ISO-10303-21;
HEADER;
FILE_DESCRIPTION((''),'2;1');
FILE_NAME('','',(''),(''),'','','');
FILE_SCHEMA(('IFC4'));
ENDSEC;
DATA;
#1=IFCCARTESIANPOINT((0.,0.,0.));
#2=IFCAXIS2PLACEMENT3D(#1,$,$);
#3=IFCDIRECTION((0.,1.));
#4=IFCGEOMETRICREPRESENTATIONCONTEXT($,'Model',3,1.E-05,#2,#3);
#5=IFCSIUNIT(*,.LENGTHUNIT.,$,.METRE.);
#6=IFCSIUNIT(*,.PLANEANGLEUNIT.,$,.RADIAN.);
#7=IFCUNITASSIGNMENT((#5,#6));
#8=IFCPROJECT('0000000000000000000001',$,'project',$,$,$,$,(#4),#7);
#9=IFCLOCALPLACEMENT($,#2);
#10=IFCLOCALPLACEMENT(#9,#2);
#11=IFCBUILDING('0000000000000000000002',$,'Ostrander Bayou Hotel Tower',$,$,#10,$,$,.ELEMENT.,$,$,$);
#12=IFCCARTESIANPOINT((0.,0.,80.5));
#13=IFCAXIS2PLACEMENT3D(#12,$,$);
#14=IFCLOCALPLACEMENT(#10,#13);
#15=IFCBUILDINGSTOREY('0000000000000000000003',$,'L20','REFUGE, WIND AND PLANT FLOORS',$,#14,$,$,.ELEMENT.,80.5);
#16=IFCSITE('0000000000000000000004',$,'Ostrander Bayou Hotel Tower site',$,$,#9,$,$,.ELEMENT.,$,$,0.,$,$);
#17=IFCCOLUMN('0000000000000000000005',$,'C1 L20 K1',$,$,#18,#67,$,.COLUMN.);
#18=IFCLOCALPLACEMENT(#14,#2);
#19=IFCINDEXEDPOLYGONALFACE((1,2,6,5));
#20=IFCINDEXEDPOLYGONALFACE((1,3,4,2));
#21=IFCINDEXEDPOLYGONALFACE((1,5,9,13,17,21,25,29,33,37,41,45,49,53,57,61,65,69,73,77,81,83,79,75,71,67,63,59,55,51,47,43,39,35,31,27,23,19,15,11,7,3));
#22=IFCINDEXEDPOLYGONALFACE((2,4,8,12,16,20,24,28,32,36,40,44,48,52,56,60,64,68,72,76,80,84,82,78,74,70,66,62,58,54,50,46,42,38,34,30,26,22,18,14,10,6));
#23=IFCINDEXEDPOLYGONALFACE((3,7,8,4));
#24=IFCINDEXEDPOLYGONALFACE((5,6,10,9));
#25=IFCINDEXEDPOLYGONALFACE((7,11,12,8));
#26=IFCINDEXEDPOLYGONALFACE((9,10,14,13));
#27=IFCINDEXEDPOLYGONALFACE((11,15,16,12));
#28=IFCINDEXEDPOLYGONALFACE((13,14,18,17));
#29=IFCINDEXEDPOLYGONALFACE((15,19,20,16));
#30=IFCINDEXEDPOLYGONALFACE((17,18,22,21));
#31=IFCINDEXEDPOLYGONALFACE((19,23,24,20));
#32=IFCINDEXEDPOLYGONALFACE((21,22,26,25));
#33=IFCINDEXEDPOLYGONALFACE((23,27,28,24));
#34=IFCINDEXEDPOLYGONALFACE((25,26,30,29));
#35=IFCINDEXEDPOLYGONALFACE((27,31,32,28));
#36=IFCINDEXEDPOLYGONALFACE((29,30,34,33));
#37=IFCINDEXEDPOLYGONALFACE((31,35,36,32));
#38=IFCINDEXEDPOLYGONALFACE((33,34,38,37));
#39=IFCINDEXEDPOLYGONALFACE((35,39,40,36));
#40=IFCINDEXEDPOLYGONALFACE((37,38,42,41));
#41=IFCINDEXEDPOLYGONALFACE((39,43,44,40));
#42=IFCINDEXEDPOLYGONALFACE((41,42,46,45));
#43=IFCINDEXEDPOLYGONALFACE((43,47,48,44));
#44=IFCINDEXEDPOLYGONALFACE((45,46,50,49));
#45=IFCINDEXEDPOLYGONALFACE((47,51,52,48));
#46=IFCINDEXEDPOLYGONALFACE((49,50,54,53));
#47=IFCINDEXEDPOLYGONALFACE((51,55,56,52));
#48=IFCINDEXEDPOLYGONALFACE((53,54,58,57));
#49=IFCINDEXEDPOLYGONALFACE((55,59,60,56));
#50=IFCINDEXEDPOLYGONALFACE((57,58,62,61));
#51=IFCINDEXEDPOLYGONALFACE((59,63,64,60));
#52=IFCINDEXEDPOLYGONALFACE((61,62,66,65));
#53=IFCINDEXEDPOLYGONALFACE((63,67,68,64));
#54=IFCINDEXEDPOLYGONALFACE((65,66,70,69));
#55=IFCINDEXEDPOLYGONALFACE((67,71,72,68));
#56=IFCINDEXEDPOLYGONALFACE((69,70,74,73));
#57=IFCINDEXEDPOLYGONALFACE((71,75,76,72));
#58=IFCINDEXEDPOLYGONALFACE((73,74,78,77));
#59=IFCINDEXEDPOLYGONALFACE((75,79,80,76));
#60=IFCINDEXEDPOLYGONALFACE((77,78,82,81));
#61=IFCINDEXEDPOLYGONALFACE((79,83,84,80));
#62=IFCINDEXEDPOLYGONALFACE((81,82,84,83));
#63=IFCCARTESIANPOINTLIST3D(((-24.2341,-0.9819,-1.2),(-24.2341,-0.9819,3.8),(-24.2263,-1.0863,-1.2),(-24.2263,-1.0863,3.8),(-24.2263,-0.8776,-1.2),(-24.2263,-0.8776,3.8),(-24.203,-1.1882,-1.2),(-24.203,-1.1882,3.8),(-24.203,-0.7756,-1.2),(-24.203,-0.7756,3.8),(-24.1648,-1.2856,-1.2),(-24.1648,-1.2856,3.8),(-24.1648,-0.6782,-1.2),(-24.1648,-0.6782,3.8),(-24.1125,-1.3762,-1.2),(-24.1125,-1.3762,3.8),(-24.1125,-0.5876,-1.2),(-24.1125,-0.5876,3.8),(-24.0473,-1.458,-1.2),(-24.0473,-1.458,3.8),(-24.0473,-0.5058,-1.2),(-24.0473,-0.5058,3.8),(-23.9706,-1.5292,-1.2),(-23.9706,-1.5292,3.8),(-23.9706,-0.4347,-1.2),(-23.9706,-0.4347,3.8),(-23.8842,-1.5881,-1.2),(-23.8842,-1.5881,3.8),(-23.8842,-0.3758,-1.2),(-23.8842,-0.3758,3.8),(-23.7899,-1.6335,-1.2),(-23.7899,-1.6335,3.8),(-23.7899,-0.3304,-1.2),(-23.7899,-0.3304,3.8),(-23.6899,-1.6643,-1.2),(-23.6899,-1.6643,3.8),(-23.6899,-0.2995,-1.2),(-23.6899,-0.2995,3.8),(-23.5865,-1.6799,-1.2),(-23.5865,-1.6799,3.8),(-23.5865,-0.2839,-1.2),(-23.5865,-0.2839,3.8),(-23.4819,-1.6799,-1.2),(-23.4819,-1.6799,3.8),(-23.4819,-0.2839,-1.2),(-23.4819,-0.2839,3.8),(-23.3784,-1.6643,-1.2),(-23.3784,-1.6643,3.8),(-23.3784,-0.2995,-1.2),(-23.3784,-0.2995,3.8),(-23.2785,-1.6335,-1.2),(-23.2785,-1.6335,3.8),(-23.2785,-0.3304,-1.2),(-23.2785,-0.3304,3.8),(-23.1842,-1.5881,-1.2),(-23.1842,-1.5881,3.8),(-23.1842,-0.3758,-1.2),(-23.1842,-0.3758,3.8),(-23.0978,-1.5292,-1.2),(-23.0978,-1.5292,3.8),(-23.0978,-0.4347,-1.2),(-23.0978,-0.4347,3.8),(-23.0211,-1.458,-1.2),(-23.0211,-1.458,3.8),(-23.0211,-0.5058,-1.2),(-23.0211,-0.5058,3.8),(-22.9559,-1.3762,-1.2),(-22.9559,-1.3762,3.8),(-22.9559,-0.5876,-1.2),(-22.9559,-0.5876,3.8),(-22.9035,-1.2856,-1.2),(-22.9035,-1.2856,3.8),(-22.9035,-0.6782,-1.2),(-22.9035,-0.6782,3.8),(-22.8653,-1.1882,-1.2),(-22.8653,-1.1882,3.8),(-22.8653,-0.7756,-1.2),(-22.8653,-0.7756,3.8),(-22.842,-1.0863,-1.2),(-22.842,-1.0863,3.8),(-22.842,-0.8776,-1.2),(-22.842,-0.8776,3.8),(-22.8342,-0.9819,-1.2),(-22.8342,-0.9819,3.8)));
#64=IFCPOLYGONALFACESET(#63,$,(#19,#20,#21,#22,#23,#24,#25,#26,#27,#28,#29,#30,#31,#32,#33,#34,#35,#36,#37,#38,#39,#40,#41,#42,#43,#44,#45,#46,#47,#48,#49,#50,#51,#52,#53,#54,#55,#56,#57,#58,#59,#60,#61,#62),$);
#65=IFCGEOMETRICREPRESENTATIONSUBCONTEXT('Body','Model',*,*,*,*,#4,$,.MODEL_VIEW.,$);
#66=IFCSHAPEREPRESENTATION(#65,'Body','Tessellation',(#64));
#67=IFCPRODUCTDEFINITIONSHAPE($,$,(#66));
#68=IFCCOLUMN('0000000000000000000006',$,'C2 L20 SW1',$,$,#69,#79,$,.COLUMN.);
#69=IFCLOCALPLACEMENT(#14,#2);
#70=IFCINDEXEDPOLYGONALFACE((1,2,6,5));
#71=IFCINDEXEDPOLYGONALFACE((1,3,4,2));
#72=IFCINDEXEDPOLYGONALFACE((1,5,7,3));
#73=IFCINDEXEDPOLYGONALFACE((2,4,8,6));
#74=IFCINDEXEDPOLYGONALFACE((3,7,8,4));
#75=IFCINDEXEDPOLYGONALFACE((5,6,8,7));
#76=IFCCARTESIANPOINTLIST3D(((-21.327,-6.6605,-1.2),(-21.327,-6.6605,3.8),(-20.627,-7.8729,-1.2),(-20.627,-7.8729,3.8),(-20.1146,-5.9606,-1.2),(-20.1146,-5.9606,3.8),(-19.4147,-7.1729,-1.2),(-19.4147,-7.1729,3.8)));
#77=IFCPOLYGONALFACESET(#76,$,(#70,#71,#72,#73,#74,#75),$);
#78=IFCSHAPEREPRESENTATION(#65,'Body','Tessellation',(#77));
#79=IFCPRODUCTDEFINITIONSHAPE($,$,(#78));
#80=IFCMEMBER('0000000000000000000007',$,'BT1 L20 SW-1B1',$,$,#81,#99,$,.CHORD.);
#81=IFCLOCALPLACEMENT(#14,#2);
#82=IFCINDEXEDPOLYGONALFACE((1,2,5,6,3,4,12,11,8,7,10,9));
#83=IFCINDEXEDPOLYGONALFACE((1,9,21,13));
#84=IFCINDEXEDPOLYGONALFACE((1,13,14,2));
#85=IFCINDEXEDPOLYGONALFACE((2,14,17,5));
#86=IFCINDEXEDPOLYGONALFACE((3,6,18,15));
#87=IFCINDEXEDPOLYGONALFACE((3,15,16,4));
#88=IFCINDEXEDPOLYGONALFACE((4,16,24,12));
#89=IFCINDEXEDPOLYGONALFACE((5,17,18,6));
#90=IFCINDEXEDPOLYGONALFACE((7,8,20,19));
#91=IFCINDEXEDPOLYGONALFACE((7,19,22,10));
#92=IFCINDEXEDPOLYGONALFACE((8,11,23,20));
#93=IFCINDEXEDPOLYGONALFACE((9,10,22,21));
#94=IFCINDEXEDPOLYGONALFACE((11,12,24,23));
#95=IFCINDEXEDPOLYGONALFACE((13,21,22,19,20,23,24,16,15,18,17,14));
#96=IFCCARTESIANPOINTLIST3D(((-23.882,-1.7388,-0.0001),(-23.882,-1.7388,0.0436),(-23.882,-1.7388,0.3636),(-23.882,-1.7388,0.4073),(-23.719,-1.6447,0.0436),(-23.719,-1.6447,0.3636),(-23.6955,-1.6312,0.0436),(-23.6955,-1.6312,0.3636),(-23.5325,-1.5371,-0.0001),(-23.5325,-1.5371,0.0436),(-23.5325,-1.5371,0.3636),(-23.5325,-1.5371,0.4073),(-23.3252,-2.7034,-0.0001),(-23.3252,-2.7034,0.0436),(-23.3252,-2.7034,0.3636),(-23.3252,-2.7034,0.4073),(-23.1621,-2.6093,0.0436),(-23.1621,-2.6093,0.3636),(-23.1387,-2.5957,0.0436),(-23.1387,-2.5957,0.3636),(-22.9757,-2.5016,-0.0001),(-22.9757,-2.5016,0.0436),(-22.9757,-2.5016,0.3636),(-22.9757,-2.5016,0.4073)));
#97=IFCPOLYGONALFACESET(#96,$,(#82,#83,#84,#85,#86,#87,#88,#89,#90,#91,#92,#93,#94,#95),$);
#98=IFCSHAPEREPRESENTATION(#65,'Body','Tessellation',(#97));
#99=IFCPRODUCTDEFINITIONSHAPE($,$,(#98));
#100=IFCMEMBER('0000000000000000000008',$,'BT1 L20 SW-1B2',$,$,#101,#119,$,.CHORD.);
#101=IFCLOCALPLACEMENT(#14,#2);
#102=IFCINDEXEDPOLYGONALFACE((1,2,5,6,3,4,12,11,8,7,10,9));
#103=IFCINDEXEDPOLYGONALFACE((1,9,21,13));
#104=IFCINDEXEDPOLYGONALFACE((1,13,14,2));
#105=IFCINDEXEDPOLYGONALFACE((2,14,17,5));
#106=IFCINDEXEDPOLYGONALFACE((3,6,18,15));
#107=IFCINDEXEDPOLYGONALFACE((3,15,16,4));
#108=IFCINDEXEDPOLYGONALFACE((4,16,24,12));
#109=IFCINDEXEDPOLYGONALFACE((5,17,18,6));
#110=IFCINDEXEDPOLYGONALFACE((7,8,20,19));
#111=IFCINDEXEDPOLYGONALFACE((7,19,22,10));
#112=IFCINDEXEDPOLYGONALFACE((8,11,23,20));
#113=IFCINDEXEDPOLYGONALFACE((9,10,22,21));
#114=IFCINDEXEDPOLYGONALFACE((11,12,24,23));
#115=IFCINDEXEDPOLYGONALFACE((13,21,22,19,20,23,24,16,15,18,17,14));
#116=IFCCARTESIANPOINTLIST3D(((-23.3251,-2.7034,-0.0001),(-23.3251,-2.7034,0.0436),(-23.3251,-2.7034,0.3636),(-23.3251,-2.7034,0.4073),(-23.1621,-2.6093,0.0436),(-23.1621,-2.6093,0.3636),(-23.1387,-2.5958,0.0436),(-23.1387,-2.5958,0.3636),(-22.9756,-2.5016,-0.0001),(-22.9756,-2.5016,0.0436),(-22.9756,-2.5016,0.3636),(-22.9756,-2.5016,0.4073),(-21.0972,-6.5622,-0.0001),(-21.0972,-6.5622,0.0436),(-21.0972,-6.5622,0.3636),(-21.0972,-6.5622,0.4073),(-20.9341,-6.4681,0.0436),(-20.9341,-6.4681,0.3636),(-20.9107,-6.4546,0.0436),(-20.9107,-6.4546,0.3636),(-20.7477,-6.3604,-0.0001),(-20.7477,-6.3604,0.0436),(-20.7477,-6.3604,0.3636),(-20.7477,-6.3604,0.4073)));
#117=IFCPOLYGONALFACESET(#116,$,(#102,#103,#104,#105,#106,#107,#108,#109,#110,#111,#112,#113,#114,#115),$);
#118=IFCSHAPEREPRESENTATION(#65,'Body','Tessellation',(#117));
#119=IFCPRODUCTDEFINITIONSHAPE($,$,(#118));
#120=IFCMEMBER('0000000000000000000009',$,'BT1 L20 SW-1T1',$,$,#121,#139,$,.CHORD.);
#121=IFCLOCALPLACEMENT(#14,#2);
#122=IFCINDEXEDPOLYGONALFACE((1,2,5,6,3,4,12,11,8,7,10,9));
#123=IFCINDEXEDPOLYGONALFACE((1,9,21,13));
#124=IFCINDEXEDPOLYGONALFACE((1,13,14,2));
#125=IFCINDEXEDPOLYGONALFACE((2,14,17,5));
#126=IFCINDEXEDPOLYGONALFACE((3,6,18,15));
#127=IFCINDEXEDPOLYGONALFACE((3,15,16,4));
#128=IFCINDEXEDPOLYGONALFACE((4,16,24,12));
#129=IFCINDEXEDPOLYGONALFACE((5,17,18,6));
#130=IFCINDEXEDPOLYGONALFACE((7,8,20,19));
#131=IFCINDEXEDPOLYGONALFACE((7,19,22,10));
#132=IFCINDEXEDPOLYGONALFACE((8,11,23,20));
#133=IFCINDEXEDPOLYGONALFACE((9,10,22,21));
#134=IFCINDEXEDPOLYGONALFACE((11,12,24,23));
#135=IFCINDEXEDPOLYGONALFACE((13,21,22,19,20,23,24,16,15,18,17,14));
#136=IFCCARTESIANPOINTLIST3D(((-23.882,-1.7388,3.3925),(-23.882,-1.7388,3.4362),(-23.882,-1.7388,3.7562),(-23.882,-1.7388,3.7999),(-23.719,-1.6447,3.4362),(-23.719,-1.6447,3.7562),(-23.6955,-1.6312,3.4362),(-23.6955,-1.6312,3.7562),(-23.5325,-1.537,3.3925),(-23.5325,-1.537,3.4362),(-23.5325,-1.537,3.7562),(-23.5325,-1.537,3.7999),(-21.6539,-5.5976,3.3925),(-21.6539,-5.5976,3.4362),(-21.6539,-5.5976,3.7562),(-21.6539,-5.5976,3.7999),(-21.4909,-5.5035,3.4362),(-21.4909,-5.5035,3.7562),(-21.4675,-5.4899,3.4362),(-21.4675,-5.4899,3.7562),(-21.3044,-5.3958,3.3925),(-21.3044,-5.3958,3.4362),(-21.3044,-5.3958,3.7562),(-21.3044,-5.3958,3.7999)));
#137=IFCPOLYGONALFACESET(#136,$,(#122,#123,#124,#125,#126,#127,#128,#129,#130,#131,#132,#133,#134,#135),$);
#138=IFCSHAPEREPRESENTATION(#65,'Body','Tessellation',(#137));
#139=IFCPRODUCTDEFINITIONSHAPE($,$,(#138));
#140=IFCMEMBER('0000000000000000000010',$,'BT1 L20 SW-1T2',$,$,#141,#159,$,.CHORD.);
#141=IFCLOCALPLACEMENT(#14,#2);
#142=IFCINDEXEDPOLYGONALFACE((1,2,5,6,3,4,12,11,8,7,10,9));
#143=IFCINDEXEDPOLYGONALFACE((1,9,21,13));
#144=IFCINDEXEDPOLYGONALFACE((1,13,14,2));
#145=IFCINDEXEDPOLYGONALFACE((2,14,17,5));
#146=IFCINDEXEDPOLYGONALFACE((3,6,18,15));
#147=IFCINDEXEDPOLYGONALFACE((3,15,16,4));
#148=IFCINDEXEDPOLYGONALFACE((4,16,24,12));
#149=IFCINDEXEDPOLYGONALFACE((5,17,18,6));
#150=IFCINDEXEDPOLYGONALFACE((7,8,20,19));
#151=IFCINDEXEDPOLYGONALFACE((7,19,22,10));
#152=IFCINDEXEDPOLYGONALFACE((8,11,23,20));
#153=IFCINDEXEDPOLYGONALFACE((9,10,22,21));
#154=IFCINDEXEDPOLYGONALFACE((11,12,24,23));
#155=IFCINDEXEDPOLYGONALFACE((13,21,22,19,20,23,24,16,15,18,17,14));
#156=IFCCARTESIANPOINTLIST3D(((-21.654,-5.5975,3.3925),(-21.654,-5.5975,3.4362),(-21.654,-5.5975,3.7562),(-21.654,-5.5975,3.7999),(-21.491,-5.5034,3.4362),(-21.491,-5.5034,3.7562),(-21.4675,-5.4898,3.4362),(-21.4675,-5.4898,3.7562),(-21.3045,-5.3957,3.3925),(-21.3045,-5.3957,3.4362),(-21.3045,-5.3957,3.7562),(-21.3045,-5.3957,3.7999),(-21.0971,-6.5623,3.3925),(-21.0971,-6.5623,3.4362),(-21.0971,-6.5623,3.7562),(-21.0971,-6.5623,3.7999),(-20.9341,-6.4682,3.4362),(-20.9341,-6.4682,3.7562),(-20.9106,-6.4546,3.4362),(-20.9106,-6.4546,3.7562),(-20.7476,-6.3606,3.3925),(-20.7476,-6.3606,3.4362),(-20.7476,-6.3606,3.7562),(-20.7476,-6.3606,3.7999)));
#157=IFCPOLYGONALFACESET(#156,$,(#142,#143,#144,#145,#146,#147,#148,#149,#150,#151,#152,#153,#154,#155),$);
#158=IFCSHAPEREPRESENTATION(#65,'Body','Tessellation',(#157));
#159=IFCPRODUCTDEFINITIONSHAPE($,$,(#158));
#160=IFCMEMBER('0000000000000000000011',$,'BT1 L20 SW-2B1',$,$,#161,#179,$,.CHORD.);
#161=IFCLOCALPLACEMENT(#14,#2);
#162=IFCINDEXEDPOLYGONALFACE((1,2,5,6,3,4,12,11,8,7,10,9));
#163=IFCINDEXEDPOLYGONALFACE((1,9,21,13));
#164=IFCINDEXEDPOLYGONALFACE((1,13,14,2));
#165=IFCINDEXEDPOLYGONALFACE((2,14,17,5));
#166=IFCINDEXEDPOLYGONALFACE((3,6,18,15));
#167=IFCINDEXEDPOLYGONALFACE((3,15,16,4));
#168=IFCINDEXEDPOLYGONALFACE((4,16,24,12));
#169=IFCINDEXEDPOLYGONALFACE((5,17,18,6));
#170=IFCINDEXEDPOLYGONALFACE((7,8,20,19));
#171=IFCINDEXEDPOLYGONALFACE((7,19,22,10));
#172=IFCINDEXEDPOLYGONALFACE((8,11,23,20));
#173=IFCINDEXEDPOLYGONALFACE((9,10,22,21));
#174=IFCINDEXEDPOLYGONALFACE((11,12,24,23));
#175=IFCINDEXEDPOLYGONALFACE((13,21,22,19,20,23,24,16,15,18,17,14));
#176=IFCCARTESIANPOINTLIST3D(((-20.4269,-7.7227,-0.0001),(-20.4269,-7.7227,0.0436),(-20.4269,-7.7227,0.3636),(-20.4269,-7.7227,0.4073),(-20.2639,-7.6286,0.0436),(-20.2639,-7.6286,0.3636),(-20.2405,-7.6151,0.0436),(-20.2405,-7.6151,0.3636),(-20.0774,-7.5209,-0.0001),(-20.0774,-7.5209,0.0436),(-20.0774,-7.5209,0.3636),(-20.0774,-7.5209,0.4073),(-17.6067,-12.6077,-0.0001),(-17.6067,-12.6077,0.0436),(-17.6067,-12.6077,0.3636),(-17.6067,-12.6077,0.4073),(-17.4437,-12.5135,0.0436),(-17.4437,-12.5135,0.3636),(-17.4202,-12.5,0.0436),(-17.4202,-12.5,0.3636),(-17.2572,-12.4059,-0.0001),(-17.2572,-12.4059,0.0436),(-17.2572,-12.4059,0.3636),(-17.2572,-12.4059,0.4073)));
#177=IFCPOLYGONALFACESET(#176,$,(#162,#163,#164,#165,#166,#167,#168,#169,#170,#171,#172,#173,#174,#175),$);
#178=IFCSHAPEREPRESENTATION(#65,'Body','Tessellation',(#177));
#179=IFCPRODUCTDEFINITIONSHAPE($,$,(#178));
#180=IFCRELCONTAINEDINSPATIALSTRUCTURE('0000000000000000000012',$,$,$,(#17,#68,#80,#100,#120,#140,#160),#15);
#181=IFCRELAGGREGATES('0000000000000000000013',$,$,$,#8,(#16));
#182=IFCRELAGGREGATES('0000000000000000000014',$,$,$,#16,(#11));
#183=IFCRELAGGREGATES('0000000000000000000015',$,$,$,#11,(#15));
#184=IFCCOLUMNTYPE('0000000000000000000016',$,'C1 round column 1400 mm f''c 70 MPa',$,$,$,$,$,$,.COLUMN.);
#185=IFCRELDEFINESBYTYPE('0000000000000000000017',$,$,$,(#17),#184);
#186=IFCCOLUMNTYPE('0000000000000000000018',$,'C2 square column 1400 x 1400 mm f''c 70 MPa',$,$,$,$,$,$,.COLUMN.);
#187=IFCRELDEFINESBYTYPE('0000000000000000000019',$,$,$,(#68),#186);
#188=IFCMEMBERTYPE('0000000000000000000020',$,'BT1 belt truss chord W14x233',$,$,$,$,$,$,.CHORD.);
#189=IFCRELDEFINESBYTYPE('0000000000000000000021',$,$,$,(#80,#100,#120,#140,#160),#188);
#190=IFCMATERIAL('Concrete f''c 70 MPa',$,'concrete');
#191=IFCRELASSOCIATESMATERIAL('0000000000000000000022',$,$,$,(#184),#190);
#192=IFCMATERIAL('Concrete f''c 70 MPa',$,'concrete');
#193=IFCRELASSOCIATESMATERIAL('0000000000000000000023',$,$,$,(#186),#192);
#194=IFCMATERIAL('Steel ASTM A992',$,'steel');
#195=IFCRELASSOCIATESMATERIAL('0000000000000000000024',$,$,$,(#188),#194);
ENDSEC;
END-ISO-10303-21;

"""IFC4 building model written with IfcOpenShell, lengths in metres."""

from ifc_helpers import new_model, si_unit, direction, frame, origin, origin_2d, place, context, subcontext, project, spatial, rectangle, circle, i_section, extrude, material, material_profile, profile_set, type_object, element, save


model = new_model("IFC4")

# Units and contexts
model_context = context("Model", 3, precision=1e-05, world=origin(), true_north=direction((0.0, 1.0)))
body_context = subcontext(model_context, "Body", "Model", "MODEL_VIEW")
ifc_project = project(units=[si_unit("LENGTHUNIT", "METRE"), si_unit("PLANEANGLEUNIT", "RADIAN")], contexts=[model_context])

# Site, building, storey
site_placement = place(None, origin())
site = spatial("IfcSite", under=ifc_project, at=site_placement, Name="Ostrander Bayou Hotel Tower site", CompositionType="ELEMENT", RefElevation=0.0)
building_placement = place(site_placement, origin())
building = spatial("IfcBuilding", under=site, at=building_placement, Name="Ostrander Bayou Hotel Tower", CompositionType="ELEMENT")
storey_placement = place(building_placement, frame((0.0, 0.0, 80.5)))
storey = spatial("IfcBuildingStorey", under=building, at=storey_placement, Name="L20", Description="REFUGE, WIND AND PLANT FLOORS", CompositionType="ELEMENT", Elevation=80.5)

# Columns
ifc_material_1 = material(Name="Concrete f'c 70 MPa", Category="concrete")
ifc_material_profile_1 = material_profile(ifc_material_1, circle(Radius=0.7, at=origin_2d()))
ifc_profile_set_1 = profile_set([ifc_material_profile_1], Name="Concrete f'c 70 MPa")
column_type_1 = type_object("IfcColumnType", Name="C1 round column 1400 mm f'c 70 MPa", PredefinedType="COLUMN", material=ifc_profile_set_1)
column_1_placement = place(storey_placement, frame((-23.5342, -0.9819, -1.2), z_axis=(0.0, 0.0, 1.0), x_axis=(1.0, 0.0, 0.0)))
element("IfcColumn", 1, at=column_1_placement, inside=storey, type_object=column_type_1, Name="C1 L20 K1", PredefinedType="COLUMN", context=body_context, shape_type="SweptSolid", body=[
    extrude(circle(Radius=0.7, at=origin_2d()), origin(), (0.0, 0.0, 1.0), 5.0),
])
ifc_material_2 = material(Name="Concrete f'c 70 MPa", Category="concrete")
ifc_material_profile_2 = material_profile(ifc_material_2, rectangle(XDim=1.3999, YDim=1.3999, at=origin_2d()))
ifc_profile_set_2 = profile_set([ifc_material_profile_2], Name="Concrete f'c 70 MPa")
column_type_2 = type_object("IfcColumnType", Name="C2 square column 1400 x 1400 mm f'c 70 MPa", PredefinedType="COLUMN", material=ifc_profile_set_2)
column_2_placement = place(storey_placement, frame((-20.3708, -6.9167, -1.2), z_axis=(0.0, 0.0, 1.0), x_axis=(-0.5, 0.866025, 0.0)))
element("IfcColumn", 2, at=column_2_placement, inside=storey, type_object=column_type_2, Name="C2 L20 SW1", PredefinedType="COLUMN", context=body_context, shape_type="SweptSolid", body=[
    extrude(rectangle(XDim=1.3999, YDim=1.3999, at=origin_2d()), origin(), (0.0, 0.0, 1.0), 5.0),
])

# Members
ifc_material_3 = material(Name="Steel ASTM A992", Category="steel")
ifc_material_profile_3 = material_profile(ifc_material_3, i_section(OverallWidth=0.4036, OverallDepth=0.4075, WebThickness=0.0271, FlangeThickness=0.0437, at=origin_2d()))
ifc_profile_set_3 = profile_set([ifc_material_profile_3], Name="Steel ASTM A992")
member_type_1 = type_object("IfcMemberType", Name="BT1 belt truss chord W14x233", PredefinedType="CHORD", material=ifc_profile_set_3)
member_1_placement = place(storey_placement, frame((-23.7073, -1.6379, 0.2036), z_axis=(0.499982, -0.866036, 0.0), x_axis=(0.866036, 0.499982, 0.0)))
element("IfcMember", 3, at=member_1_placement, inside=storey, type_object=member_type_1, Name="BT1 L20 SW-1B1", PredefinedType="CHORD", context=body_context, shape_type="SweptSolid", body=[
    extrude(i_section(OverallWidth=0.4036, OverallDepth=0.4075, WebThickness=0.0271, FlangeThickness=0.0437, at=origin_2d()), origin(), (0.0, 0.0, 1.0), 1.1138),
])
for number, where, z_axis, x_axis, name in (
    (4, (-23.1504, -2.6025, 0.2036), (0.500017, -0.866016, 0.0), (0.866016, 0.500017, 0.0), "BT1 L20 SW-1B2"),
    (5, (-23.7073, -1.6379, 3.5962), (0.50004, -0.866002, 0.0), (0.866002, 0.50004, 0.0), "BT1 L20 SW-1T1"),
):
    element("IfcMember", number, at=place(storey_placement, frame(where, z_axis=z_axis, x_axis=x_axis)), inside=storey, type_object=member_type_1, Name=name, PredefinedType="CHORD", context=body_context, shape_type="SweptSolid", body=[
        extrude(i_section(OverallWidth=0.4036, OverallDepth=0.4075, WebThickness=0.0271, FlangeThickness=0.0437, at=origin_2d()), origin(), (0.0, 0.0, 1.0), 4.4558),
    ])
member_2_placement = place(storey_placement, frame((-21.4792, -5.4966, 3.5962), z_axis=(0.499887, -0.866091, 0.0), x_axis=(0.866091, 0.499887, 0.0)))
element("IfcMember", 6, at=member_2_placement, inside=storey, type_object=member_type_1, Name="BT1 L20 SW-1T2", PredefinedType="CHORD", context=body_context, shape_type="SweptSolid", body=[
    extrude(i_section(OverallWidth=0.4036, OverallDepth=0.4075, WebThickness=0.0271, FlangeThickness=0.0437, at=origin_2d()), origin(), (0.0, 0.0, 1.0), 1.114),
])
member_3_placement = place(storey_placement, frame((-20.2522, -7.6218, 0.2036), z_axis=(0.499993, -0.866029, 0.0), x_axis=(0.866029, 0.499993, 0.0)))
element("IfcMember", 7, at=member_3_placement, inside=storey, type_object=member_type_1, Name="BT1 L20 SW-2B1", PredefinedType="CHORD", context=body_context, shape_type="SweptSolid", body=[
    extrude(i_section(OverallWidth=0.4036, OverallDepth=0.4075, WebThickness=0.0271, FlangeThickness=0.0437, at=origin_2d()), origin(), (0.0, 0.0, 1.0), 5.6406),
])

save(model, "model.ifc")
